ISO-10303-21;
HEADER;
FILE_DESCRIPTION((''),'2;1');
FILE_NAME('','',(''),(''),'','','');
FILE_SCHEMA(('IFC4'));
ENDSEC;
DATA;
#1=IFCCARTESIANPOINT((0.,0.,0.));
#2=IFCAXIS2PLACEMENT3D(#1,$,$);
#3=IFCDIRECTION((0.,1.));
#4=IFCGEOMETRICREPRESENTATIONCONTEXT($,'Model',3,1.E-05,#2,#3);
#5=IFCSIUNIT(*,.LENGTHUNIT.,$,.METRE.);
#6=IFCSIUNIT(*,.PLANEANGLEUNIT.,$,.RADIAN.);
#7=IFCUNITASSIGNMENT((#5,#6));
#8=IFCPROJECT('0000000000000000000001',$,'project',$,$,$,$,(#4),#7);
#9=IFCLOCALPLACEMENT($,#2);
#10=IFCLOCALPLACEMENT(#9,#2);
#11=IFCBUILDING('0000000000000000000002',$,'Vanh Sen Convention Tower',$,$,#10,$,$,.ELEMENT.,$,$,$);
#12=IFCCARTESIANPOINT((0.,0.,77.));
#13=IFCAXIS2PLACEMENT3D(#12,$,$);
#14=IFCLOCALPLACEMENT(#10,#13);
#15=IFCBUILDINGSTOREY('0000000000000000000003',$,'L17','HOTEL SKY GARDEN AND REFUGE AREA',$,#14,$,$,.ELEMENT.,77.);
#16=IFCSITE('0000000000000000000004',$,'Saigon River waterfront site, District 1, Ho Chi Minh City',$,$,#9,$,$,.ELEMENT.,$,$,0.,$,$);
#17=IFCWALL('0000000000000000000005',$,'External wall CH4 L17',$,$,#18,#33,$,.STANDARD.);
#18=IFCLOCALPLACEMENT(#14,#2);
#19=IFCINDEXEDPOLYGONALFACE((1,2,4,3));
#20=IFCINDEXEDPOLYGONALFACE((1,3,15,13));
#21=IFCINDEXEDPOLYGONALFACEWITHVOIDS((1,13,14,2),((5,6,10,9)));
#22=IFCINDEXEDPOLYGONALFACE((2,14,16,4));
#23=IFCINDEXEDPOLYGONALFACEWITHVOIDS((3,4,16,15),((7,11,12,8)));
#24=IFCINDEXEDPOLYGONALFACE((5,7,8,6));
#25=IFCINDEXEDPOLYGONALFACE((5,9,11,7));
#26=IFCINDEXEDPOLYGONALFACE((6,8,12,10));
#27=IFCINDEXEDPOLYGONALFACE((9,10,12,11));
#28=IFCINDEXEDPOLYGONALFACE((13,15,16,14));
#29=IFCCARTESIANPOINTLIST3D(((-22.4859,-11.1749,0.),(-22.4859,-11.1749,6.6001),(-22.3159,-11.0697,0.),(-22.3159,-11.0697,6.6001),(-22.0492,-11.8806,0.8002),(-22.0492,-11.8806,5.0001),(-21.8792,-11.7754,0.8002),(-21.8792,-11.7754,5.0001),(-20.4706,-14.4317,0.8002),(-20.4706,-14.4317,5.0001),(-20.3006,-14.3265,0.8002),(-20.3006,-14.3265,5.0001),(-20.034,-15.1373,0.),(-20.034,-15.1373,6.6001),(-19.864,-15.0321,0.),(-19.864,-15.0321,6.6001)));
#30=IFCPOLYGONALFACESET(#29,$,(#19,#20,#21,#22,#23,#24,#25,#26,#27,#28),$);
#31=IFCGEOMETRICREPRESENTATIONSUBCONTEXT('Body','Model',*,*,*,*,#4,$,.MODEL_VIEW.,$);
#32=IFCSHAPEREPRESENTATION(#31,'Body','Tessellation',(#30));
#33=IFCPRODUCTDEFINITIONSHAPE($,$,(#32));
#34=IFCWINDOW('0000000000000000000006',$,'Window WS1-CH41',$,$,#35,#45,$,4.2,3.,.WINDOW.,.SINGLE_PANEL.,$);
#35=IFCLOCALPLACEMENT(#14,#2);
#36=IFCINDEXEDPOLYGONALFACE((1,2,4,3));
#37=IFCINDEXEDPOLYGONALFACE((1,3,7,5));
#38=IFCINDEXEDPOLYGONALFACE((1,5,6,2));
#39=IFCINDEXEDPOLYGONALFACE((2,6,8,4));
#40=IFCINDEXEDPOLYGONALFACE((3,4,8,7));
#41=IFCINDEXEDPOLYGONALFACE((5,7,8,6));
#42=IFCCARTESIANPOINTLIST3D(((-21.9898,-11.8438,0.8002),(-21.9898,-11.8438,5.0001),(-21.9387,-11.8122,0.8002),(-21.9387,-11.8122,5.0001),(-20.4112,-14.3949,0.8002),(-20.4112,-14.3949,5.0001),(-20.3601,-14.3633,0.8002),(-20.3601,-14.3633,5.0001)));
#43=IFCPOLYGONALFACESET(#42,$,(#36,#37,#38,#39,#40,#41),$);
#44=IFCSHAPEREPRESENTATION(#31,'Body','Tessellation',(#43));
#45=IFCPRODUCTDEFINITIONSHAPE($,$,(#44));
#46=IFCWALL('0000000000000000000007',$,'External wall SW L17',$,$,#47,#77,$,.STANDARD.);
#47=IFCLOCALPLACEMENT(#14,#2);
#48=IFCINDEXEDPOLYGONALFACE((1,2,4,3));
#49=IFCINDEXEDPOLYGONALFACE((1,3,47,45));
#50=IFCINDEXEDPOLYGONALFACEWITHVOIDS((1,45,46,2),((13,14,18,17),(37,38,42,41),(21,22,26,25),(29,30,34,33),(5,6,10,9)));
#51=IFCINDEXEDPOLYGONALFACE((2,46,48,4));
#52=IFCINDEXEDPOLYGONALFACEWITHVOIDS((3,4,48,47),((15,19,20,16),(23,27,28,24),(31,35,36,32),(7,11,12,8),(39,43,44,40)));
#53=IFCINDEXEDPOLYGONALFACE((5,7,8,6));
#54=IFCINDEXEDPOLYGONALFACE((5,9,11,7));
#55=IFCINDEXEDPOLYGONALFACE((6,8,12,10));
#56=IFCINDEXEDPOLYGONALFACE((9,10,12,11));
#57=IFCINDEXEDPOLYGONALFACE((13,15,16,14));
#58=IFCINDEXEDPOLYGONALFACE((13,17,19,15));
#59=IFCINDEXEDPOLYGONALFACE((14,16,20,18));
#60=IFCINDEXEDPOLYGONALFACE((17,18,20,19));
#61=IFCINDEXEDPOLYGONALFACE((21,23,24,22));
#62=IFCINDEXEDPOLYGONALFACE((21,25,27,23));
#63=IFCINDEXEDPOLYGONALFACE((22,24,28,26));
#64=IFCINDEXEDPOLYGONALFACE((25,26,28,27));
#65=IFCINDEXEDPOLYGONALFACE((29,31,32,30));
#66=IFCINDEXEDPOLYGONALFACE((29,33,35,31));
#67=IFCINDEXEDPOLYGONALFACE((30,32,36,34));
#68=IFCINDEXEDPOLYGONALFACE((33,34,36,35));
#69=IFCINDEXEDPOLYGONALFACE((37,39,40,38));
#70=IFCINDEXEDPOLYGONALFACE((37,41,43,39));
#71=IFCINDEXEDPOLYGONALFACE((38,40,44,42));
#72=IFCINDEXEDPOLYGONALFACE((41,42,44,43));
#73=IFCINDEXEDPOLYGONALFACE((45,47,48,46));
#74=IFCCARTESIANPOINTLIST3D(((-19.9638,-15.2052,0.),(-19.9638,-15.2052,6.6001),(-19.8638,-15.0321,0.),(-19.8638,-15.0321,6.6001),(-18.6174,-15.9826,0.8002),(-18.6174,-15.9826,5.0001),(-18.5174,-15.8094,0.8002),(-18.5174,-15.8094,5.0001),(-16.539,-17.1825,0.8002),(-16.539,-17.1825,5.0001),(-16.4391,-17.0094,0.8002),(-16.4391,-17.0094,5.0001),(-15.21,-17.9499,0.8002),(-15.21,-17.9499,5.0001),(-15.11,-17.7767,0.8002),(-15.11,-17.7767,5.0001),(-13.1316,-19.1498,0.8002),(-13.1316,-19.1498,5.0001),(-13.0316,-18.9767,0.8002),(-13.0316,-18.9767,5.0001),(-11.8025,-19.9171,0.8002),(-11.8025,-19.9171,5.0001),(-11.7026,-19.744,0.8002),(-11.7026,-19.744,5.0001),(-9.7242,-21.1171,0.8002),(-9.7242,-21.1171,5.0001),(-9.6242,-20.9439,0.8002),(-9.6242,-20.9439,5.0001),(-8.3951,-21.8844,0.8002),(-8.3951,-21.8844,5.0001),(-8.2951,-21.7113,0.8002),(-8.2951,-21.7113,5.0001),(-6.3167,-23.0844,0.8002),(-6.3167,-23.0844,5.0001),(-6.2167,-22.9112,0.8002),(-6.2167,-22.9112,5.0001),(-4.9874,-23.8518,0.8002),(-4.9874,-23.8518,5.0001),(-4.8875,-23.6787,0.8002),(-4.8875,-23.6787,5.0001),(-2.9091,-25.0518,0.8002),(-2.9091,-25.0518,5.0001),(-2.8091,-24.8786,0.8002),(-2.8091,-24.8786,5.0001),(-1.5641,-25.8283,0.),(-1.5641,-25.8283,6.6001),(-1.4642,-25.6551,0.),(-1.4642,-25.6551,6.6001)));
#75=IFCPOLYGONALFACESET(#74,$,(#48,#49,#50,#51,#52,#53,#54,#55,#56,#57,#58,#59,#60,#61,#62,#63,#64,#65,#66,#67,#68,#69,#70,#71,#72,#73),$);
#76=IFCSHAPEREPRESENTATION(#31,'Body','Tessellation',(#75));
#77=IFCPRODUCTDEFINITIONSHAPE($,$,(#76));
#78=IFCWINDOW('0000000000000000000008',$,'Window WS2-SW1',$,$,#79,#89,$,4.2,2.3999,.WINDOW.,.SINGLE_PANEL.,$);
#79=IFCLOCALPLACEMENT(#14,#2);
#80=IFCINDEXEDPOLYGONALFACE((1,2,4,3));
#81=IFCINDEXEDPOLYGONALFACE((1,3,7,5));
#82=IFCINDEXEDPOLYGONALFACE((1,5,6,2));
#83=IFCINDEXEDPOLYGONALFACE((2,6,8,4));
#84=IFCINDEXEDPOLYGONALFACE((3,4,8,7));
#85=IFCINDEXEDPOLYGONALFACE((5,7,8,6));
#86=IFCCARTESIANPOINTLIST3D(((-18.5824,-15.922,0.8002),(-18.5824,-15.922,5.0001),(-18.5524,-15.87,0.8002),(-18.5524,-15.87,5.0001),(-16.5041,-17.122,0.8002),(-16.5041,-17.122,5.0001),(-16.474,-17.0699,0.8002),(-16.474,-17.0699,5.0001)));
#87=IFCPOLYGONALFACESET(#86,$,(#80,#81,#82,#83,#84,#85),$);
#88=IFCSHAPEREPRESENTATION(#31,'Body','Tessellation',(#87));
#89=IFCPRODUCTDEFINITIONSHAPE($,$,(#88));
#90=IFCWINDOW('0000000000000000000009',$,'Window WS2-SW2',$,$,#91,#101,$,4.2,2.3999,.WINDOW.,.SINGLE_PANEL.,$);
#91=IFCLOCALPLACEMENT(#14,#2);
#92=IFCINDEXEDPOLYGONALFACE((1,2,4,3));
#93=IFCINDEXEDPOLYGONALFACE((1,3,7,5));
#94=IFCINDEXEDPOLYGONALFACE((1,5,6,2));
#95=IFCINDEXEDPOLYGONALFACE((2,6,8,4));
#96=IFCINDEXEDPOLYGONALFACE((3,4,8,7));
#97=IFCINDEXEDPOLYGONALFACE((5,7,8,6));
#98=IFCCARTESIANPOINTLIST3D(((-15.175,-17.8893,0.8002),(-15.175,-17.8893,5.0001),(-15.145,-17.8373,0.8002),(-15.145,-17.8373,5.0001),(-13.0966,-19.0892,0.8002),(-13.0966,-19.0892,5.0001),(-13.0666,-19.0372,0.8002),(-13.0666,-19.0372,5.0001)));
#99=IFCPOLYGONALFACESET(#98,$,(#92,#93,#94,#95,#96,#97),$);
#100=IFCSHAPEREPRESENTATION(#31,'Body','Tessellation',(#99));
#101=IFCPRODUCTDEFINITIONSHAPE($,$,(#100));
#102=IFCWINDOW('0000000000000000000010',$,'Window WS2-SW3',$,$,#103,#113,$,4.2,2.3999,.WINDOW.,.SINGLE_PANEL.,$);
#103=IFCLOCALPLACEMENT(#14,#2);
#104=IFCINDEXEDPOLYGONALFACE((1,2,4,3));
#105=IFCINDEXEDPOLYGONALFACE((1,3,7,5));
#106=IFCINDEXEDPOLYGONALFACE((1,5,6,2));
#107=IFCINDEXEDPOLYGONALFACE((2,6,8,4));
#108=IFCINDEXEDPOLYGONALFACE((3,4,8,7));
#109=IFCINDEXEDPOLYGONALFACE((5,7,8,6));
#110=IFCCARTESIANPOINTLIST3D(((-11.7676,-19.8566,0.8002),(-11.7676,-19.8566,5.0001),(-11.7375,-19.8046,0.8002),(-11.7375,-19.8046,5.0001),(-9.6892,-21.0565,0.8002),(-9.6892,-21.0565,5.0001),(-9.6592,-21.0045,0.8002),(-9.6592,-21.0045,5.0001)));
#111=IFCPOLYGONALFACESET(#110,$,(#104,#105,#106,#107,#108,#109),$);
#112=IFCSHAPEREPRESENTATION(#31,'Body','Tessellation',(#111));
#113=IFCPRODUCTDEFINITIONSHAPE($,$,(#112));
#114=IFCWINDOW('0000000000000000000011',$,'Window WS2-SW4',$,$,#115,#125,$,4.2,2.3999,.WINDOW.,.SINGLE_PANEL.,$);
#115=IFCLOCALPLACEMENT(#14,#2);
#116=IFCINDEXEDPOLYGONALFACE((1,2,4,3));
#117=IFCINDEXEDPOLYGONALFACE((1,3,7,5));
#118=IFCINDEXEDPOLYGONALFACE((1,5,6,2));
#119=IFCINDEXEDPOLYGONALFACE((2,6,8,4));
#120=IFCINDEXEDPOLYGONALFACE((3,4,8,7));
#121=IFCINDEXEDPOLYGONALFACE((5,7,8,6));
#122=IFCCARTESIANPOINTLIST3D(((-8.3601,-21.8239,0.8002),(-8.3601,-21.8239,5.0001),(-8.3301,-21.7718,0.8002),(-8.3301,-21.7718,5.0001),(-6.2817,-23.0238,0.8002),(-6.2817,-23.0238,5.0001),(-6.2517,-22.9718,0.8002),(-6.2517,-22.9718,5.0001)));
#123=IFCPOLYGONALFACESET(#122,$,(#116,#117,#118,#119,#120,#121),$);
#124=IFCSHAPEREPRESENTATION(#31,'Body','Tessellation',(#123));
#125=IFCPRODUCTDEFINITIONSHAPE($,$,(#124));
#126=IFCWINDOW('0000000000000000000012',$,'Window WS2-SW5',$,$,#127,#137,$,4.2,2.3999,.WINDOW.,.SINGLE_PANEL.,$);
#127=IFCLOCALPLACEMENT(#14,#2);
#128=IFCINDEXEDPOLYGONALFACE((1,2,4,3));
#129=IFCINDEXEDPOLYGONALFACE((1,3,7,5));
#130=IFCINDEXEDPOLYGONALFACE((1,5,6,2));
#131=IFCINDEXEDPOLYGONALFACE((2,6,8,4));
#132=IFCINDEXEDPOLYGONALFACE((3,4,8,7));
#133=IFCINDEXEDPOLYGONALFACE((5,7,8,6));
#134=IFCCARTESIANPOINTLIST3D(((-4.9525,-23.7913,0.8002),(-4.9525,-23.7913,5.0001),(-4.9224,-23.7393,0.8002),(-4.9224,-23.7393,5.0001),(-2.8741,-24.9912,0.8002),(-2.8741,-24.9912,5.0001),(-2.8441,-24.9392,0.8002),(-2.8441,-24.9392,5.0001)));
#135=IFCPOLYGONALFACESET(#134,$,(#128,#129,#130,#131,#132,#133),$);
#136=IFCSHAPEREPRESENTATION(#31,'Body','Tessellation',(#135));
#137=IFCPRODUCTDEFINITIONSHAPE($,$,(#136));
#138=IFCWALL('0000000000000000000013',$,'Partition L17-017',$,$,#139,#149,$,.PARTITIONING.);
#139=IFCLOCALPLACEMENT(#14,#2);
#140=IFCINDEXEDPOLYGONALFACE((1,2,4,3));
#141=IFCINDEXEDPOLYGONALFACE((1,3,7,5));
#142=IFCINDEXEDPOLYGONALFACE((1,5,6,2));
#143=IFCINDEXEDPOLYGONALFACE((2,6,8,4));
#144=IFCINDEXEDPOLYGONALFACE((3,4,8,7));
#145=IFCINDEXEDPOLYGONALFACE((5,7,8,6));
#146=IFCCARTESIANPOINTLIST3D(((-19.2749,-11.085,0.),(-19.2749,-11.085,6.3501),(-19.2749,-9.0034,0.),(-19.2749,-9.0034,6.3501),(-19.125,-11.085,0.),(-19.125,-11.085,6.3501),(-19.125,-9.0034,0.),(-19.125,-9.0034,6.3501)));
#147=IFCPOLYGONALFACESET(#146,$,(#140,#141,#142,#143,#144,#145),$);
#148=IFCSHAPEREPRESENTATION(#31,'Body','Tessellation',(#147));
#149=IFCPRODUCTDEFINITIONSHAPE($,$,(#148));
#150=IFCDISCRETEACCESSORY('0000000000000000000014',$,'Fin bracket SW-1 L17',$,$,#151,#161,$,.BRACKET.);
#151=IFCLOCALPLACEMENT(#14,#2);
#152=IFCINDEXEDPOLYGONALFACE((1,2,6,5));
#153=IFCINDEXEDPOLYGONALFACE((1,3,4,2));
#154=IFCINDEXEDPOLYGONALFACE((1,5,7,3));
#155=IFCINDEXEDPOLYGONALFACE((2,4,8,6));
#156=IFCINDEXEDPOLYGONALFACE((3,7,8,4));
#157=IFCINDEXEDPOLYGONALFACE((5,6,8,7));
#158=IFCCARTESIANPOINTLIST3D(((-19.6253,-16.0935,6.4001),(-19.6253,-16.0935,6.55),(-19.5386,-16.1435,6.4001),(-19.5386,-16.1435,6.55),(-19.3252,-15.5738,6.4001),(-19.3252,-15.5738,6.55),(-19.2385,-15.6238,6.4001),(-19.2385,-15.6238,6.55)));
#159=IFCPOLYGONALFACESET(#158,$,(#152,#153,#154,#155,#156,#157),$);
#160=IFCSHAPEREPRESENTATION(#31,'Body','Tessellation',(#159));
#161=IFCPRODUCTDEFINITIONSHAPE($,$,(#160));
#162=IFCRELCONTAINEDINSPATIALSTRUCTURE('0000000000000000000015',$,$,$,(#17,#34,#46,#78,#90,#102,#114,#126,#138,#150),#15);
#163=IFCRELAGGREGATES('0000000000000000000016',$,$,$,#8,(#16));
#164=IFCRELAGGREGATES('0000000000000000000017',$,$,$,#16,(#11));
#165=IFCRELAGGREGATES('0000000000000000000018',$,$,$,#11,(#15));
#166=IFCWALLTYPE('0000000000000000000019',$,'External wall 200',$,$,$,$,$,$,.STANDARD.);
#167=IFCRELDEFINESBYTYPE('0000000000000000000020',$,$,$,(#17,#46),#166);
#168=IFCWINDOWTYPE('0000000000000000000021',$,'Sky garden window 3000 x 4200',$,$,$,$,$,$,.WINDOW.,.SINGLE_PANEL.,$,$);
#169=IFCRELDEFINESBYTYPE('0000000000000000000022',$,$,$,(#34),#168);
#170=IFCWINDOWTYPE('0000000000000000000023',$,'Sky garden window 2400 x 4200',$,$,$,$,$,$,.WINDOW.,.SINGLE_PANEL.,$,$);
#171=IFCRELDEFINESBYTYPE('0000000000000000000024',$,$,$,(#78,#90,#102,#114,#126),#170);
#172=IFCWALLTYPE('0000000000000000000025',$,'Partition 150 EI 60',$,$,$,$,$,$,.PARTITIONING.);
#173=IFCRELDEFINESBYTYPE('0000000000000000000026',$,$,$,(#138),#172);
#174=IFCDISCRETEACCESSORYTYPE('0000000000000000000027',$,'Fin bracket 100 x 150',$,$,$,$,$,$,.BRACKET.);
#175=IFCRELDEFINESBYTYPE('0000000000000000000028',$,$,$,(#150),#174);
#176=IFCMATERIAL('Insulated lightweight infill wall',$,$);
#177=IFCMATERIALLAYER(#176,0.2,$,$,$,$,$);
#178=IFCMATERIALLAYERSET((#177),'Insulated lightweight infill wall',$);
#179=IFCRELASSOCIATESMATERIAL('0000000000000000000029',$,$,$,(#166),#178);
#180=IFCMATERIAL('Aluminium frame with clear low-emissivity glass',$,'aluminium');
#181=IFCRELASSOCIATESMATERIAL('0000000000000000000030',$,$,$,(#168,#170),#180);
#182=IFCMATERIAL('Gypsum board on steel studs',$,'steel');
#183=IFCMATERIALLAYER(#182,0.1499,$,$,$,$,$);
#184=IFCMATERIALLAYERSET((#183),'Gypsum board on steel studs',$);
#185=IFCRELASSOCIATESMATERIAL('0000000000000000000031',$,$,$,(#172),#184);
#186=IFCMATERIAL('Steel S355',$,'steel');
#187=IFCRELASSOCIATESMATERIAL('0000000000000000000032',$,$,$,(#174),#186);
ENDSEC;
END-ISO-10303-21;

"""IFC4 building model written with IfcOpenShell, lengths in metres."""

from ifc_helpers import new_model, si_unit, direction, frame, frame_2d, origin, origin_2d, place, context, subcontext, project, spatial, rectangle, extrude, material, layer, layer_set, type_object, element, fill, save


model = new_model("IFC4")

# Units and contexts
model_context = context("Model", 3, precision=1e-05, world=origin(), true_north=direction((0.0, 1.0)))
body_context = subcontext(model_context, "Body", "Model", "MODEL_VIEW")
ifc_project = project(units=[si_unit("LENGTHUNIT", "METRE"), si_unit("PLANEANGLEUNIT", "RADIAN")], contexts=[model_context])

# Site, building, storey
site_placement = place(None, origin())
site = spatial("IfcSite", under=ifc_project, at=site_placement, Name="Saigon River waterfront site, District 1, Ho Chi Minh City", CompositionType="ELEMENT", RefElevation=0.0)
building_placement = place(site_placement, origin())
building = spatial("IfcBuilding", under=site, at=building_placement, Name="Vanh Sen Convention Tower", CompositionType="ELEMENT")
storey_placement = place(building_placement, frame((0.0, 0.0, 77.0)))
storey = spatial("IfcBuildingStorey", under=building, at=storey_placement, Name="L17", Description="HOTEL SKY GARDEN AND REFUGE AREA", CompositionType="ELEMENT", Elevation=77.0)

# Wall, opening, window
ifc_material_1 = material(Name="Insulated lightweight infill wall")
ifc_layer_1 = layer(ifc_material_1, 0.2)
ifc_layer_set_1 = layer_set([ifc_layer_1], Name="Insulated lightweight infill wall")
wall_type_1 = type_object("IfcWallType", Name="External wall 200", PredefinedType="STANDARD", material=ifc_layer_set_1)
wall_1_placement = place(storey_placement, frame((-22.4009, -11.1223, 0.0), z_axis=(0.0, 0.0, 1.0), x_axis=(0.526198, -0.850362, 0.0)))
wall_1 = element("IfcWall", 1, at=wall_1_placement, inside=storey, type_object=wall_type_1, Name="External wall CH4 L17", PredefinedType="STANDARD", context=body_context, shape_type="SweptSolid", body=[
    extrude(rectangle(XDim=4.6597, YDim=0.2, at=frame_2d((2.3298, 0.0))), origin(), (0.0, 0.0, 1.0), 6.6001),
])
opening_1_placement = place(wall_1_placement, frame((0.8298, 0.0, 0.8)))
opening_1 = element("IfcOpeningElement", 2, at=opening_1_placement, cuts=wall_1, PredefinedType="OPENING", context=body_context, shape_type="SweptSolid", body=[
    extrude(rectangle(XDim=3.0, YDim=4.2, at=frame_2d((1.5, 2.1001))), frame((0.0, 0.1099, 0.0), z_axis=(0.0, -1.0, 0.0), x_axis=(1.0, 0.0, 0.0)), (0.0, 0.0, 1.0), 0.22),
])
ifc_material_2 = material(Name="Aluminium frame with clear low-emissivity glass", Category="aluminium")
window_type_1 = type_object("IfcWindowType", Name="Sky garden window 3000 x 4200", PartitioningType="SINGLE_PANEL", PredefinedType="WINDOW", material=ifc_material_2)
window_1_placement = place(opening_1_placement, origin())
window_1 = element("IfcWindow", 3, at=window_1_placement, inside=storey, type_object=window_type_1, Name="Window WS1-CH41", OverallHeight=4.2, OverallWidth=3.0, PartitioningType="SINGLE_PANEL", PredefinedType="WINDOW", context=body_context, shape_type="SweptSolid", body=[
    extrude(rectangle(XDim=3.0, YDim=4.2, at=frame_2d((1.5, 2.1001))), frame((0.0, 0.03, 0.0), z_axis=(0.0, -1.0, 0.0), x_axis=(1.0, 0.0, 0.0)), (0.0, 0.0, 1.0), 0.0601),
])
fill(opening_1, window_1)

# Wall, openings, windows
wall_2_placement = place(storey_placement, frame((-19.9138, -15.1187, 0.0), z_axis=(0.0, 0.0, 1.0), x_axis=(0.866025, -0.5, 0.0)))
wall_2 = element("IfcWall", 4, at=wall_2_placement, inside=storey, type_object=wall_type_1, Name="External wall SW L17", PredefinedType="STANDARD", context=body_context, shape_type="SweptSolid", body=[
    extrude(rectangle(XDim=21.2461, YDim=0.2, at=frame_2d((10.623, 0.0))), origin(), (0.0, 0.0, 1.0), 6.6001),
])
opening_2_placement = place(wall_2_placement, frame((1.5547, 0.0, 0.8)))
opening_2 = element("IfcOpeningElement", 5, at=opening_2_placement, cuts=wall_2, PredefinedType="OPENING", context=body_context, shape_type="SweptSolid", body=[
    extrude(rectangle(XDim=2.3999, YDim=4.2, at=frame_2d((1.2, 2.1001))), frame((0.0, 0.1099, 0.0), z_axis=(0.0, -1.0, 0.0), x_axis=(1.0, 0.0, 0.0)), (0.0, 0.0, 1.0), 0.22),
])
opening_3_placement = place(wall_2_placement, frame((5.4893, 0.0, 0.8)))
opening_3 = element("IfcOpeningElement", 6, at=opening_3_placement, cuts=wall_2, PredefinedType="OPENING", context=body_context, shape_type="SweptSolid", body=[
    extrude(rectangle(XDim=2.3999, YDim=4.2, at=frame_2d((1.2, 2.1001))), frame((0.0, 0.1099, 0.0), z_axis=(0.0, -1.0, 0.0), x_axis=(1.0, 0.0, 0.0)), (0.0, 0.0, 1.0), 0.22),
])
opening_4_placement = place(wall_2_placement, frame((9.4238, 0.0, 0.8)))
opening_4 = element("IfcOpeningElement", 7, at=opening_4_placement, cuts=wall_2, PredefinedType="OPENING", context=body_context, shape_type="SweptSolid", body=[
    extrude(rectangle(XDim=2.3999, YDim=4.2, at=frame_2d((1.2, 2.1001))), frame((0.0, 0.1099, 0.0), z_axis=(0.0, -1.0, 0.0), x_axis=(1.0, 0.0, 0.0)), (0.0, 0.0, 1.0), 0.22),
])
opening_5_placement = place(wall_2_placement, frame((13.3584, 0.0, 0.8)))
opening_5 = element("IfcOpeningElement", 8, at=opening_5_placement, cuts=wall_2, PredefinedType="OPENING", context=body_context, shape_type="SweptSolid", body=[
    extrude(rectangle(XDim=2.3999, YDim=4.2, at=frame_2d((1.2, 2.1001))), frame((0.0, 0.1099, 0.0), z_axis=(0.0, -1.0, 0.0), x_axis=(1.0, 0.0, 0.0)), (0.0, 0.0, 1.0), 0.22),
])
opening_6_placement = place(wall_2_placement, frame((17.2932, 0.0, 0.8)))
opening_6 = element("IfcOpeningElement", 9, at=opening_6_placement, cuts=wall_2, PredefinedType="OPENING", context=body_context, shape_type="SweptSolid", body=[
    extrude(rectangle(XDim=2.3999, YDim=4.2, at=frame_2d((1.2, 2.1001))), frame((0.0, 0.1099, 0.0), z_axis=(0.0, -1.0, 0.0), x_axis=(1.0, 0.0, 0.0)), (0.0, 0.0, 1.0), 0.22),
])
window_type_2 = type_object("IfcWindowType", Name="Sky garden window 2400 x 4200", PartitioningType="SINGLE_PANEL", PredefinedType="WINDOW", material=ifc_material_2)
window_2_placement = place(opening_2_placement, origin())
window_2 = element("IfcWindow", 10, at=window_2_placement, inside=storey, type_object=window_type_2, Name="Window WS2-SW1", OverallHeight=4.2, OverallWidth=2.3999, PartitioningType="SINGLE_PANEL", PredefinedType="WINDOW", context=body_context, shape_type="SweptSolid", body=[
    extrude(rectangle(XDim=2.3999, YDim=4.2, at=frame_2d((1.2, 2.1001))), frame((0.0, 0.03, 0.0), z_axis=(0.0, -1.0, 0.0), x_axis=(1.0, 0.0, 0.0)), (0.0, 0.0, 1.0), 0.0601),
])
fill(opening_2, window_2)
window_3_placement = place(opening_3_placement, origin())
window_3 = element("IfcWindow", 11, at=window_3_placement, inside=storey, type_object=window_type_2, Name="Window WS2-SW2", OverallHeight=4.2, OverallWidth=2.3999, PartitioningType="SINGLE_PANEL", PredefinedType="WINDOW", context=body_context, shape_type="SweptSolid", body=[
    extrude(rectangle(XDim=2.3999, YDim=4.2, at=frame_2d((1.2, 2.1001))), frame((0.0, 0.03, 0.0), z_axis=(0.0, -1.0, 0.0), x_axis=(1.0, 0.0, 0.0)), (0.0, 0.0, 1.0), 0.0601),
])
fill(opening_3, window_3)
window_4_placement = place(opening_4_placement, origin())
window_4 = element("IfcWindow", 12, at=window_4_placement, inside=storey, type_object=window_type_2, Name="Window WS2-SW3", OverallHeight=4.2, OverallWidth=2.3999, PartitioningType="SINGLE_PANEL", PredefinedType="WINDOW", context=body_context, shape_type="SweptSolid", body=[
    extrude(rectangle(XDim=2.3999, YDim=4.2, at=frame_2d((1.2, 2.1001))), frame((0.0, 0.03, 0.0), z_axis=(0.0, -1.0, 0.0), x_axis=(1.0, 0.0, 0.0)), (0.0, 0.0, 1.0), 0.0601),
])
fill(opening_4, window_4)
window_5_placement = place(opening_5_placement, origin())
window_5 = element("IfcWindow", 13, at=window_5_placement, inside=storey, type_object=window_type_2, Name="Window WS2-SW4", OverallHeight=4.2, OverallWidth=2.3999, PartitioningType="SINGLE_PANEL", PredefinedType="WINDOW", context=body_context, shape_type="SweptSolid", body=[
    extrude(rectangle(XDim=2.3999, YDim=4.2, at=frame_2d((1.2, 2.1001))), frame((0.0, 0.03, 0.0), z_axis=(0.0, -1.0, 0.0), x_axis=(1.0, 0.0, 0.0)), (0.0, 0.0, 1.0), 0.0601),
])
fill(opening_5, window_5)
window_6_placement = place(opening_6_placement, origin())
window_6 = element("IfcWindow", 14, at=window_6_placement, inside=storey, type_object=window_type_2, Name="Window WS2-SW5", OverallHeight=4.2, OverallWidth=2.3999, PartitioningType="SINGLE_PANEL", PredefinedType="WINDOW", context=body_context, shape_type="SweptSolid", body=[
    extrude(rectangle(XDim=2.3999, YDim=4.2, at=frame_2d((1.2, 2.1001))), frame((0.0, 0.03, 0.0), z_axis=(0.0, -1.0, 0.0), x_axis=(1.0, 0.0, 0.0)), (0.0, 0.0, 1.0), 0.0601),
])
fill(opening_6, window_6)

# Wall
ifc_material_3 = material(Name="Gypsum board on steel studs", Category="steel")
ifc_layer_2 = layer(ifc_material_3, 0.1499)
ifc_layer_set_2 = layer_set([ifc_layer_2], Name="Gypsum board on steel studs")
wall_type_2 = type_object("IfcWallType", Name="Partition 150 EI 60", PredefinedType="PARTITIONING", material=ifc_layer_set_2)
wall_3_placement = place(storey_placement, frame((-19.2, -11.085, 0.0), z_axis=(0.0, 0.0, 1.0), x_axis=(0.0, 1.0, 0.0)))
element("IfcWall", 15, at=wall_3_placement, inside=storey, type_object=wall_type_2, Name="Partition L17-017", PredefinedType="PARTITIONING", context=body_context, shape_type="SweptSolid", body=[
    extrude(rectangle(XDim=2.0815, YDim=0.1499, at=frame_2d((1.0408, 0.0))), origin(), (0.0, 0.0, 1.0), 6.3501),
])

# Discrete accessory
ifc_material_4 = material(Name="Steel S355", Category="steel")
discrete_accessory_type = type_object("IfcDiscreteAccessoryType", Name="Fin bracket 100 x 150", PredefinedType="BRACKET", material=ifc_material_4)
discrete_accessory_placement = place(storey_placement, frame((-19.4319, -15.8586, 6.4001), z_axis=(0.0, 0.0, 1.0), x_axis=(-0.5, -0.866025, 0.0)))
element("IfcDiscreteAccessory", 16, at=discrete_accessory_placement, inside=storey, type_object=discrete_accessory_type, Name="Fin bracket SW-1 L17", PredefinedType="BRACKET", context=body_context, shape_type="SweptSolid", body=[
    extrude(rectangle(XDim=0.6001, YDim=0.1001, at=origin_2d()), origin(), (0.0, 0.0, 1.0), 0.1499),
])

save(model, "model.ifc")
